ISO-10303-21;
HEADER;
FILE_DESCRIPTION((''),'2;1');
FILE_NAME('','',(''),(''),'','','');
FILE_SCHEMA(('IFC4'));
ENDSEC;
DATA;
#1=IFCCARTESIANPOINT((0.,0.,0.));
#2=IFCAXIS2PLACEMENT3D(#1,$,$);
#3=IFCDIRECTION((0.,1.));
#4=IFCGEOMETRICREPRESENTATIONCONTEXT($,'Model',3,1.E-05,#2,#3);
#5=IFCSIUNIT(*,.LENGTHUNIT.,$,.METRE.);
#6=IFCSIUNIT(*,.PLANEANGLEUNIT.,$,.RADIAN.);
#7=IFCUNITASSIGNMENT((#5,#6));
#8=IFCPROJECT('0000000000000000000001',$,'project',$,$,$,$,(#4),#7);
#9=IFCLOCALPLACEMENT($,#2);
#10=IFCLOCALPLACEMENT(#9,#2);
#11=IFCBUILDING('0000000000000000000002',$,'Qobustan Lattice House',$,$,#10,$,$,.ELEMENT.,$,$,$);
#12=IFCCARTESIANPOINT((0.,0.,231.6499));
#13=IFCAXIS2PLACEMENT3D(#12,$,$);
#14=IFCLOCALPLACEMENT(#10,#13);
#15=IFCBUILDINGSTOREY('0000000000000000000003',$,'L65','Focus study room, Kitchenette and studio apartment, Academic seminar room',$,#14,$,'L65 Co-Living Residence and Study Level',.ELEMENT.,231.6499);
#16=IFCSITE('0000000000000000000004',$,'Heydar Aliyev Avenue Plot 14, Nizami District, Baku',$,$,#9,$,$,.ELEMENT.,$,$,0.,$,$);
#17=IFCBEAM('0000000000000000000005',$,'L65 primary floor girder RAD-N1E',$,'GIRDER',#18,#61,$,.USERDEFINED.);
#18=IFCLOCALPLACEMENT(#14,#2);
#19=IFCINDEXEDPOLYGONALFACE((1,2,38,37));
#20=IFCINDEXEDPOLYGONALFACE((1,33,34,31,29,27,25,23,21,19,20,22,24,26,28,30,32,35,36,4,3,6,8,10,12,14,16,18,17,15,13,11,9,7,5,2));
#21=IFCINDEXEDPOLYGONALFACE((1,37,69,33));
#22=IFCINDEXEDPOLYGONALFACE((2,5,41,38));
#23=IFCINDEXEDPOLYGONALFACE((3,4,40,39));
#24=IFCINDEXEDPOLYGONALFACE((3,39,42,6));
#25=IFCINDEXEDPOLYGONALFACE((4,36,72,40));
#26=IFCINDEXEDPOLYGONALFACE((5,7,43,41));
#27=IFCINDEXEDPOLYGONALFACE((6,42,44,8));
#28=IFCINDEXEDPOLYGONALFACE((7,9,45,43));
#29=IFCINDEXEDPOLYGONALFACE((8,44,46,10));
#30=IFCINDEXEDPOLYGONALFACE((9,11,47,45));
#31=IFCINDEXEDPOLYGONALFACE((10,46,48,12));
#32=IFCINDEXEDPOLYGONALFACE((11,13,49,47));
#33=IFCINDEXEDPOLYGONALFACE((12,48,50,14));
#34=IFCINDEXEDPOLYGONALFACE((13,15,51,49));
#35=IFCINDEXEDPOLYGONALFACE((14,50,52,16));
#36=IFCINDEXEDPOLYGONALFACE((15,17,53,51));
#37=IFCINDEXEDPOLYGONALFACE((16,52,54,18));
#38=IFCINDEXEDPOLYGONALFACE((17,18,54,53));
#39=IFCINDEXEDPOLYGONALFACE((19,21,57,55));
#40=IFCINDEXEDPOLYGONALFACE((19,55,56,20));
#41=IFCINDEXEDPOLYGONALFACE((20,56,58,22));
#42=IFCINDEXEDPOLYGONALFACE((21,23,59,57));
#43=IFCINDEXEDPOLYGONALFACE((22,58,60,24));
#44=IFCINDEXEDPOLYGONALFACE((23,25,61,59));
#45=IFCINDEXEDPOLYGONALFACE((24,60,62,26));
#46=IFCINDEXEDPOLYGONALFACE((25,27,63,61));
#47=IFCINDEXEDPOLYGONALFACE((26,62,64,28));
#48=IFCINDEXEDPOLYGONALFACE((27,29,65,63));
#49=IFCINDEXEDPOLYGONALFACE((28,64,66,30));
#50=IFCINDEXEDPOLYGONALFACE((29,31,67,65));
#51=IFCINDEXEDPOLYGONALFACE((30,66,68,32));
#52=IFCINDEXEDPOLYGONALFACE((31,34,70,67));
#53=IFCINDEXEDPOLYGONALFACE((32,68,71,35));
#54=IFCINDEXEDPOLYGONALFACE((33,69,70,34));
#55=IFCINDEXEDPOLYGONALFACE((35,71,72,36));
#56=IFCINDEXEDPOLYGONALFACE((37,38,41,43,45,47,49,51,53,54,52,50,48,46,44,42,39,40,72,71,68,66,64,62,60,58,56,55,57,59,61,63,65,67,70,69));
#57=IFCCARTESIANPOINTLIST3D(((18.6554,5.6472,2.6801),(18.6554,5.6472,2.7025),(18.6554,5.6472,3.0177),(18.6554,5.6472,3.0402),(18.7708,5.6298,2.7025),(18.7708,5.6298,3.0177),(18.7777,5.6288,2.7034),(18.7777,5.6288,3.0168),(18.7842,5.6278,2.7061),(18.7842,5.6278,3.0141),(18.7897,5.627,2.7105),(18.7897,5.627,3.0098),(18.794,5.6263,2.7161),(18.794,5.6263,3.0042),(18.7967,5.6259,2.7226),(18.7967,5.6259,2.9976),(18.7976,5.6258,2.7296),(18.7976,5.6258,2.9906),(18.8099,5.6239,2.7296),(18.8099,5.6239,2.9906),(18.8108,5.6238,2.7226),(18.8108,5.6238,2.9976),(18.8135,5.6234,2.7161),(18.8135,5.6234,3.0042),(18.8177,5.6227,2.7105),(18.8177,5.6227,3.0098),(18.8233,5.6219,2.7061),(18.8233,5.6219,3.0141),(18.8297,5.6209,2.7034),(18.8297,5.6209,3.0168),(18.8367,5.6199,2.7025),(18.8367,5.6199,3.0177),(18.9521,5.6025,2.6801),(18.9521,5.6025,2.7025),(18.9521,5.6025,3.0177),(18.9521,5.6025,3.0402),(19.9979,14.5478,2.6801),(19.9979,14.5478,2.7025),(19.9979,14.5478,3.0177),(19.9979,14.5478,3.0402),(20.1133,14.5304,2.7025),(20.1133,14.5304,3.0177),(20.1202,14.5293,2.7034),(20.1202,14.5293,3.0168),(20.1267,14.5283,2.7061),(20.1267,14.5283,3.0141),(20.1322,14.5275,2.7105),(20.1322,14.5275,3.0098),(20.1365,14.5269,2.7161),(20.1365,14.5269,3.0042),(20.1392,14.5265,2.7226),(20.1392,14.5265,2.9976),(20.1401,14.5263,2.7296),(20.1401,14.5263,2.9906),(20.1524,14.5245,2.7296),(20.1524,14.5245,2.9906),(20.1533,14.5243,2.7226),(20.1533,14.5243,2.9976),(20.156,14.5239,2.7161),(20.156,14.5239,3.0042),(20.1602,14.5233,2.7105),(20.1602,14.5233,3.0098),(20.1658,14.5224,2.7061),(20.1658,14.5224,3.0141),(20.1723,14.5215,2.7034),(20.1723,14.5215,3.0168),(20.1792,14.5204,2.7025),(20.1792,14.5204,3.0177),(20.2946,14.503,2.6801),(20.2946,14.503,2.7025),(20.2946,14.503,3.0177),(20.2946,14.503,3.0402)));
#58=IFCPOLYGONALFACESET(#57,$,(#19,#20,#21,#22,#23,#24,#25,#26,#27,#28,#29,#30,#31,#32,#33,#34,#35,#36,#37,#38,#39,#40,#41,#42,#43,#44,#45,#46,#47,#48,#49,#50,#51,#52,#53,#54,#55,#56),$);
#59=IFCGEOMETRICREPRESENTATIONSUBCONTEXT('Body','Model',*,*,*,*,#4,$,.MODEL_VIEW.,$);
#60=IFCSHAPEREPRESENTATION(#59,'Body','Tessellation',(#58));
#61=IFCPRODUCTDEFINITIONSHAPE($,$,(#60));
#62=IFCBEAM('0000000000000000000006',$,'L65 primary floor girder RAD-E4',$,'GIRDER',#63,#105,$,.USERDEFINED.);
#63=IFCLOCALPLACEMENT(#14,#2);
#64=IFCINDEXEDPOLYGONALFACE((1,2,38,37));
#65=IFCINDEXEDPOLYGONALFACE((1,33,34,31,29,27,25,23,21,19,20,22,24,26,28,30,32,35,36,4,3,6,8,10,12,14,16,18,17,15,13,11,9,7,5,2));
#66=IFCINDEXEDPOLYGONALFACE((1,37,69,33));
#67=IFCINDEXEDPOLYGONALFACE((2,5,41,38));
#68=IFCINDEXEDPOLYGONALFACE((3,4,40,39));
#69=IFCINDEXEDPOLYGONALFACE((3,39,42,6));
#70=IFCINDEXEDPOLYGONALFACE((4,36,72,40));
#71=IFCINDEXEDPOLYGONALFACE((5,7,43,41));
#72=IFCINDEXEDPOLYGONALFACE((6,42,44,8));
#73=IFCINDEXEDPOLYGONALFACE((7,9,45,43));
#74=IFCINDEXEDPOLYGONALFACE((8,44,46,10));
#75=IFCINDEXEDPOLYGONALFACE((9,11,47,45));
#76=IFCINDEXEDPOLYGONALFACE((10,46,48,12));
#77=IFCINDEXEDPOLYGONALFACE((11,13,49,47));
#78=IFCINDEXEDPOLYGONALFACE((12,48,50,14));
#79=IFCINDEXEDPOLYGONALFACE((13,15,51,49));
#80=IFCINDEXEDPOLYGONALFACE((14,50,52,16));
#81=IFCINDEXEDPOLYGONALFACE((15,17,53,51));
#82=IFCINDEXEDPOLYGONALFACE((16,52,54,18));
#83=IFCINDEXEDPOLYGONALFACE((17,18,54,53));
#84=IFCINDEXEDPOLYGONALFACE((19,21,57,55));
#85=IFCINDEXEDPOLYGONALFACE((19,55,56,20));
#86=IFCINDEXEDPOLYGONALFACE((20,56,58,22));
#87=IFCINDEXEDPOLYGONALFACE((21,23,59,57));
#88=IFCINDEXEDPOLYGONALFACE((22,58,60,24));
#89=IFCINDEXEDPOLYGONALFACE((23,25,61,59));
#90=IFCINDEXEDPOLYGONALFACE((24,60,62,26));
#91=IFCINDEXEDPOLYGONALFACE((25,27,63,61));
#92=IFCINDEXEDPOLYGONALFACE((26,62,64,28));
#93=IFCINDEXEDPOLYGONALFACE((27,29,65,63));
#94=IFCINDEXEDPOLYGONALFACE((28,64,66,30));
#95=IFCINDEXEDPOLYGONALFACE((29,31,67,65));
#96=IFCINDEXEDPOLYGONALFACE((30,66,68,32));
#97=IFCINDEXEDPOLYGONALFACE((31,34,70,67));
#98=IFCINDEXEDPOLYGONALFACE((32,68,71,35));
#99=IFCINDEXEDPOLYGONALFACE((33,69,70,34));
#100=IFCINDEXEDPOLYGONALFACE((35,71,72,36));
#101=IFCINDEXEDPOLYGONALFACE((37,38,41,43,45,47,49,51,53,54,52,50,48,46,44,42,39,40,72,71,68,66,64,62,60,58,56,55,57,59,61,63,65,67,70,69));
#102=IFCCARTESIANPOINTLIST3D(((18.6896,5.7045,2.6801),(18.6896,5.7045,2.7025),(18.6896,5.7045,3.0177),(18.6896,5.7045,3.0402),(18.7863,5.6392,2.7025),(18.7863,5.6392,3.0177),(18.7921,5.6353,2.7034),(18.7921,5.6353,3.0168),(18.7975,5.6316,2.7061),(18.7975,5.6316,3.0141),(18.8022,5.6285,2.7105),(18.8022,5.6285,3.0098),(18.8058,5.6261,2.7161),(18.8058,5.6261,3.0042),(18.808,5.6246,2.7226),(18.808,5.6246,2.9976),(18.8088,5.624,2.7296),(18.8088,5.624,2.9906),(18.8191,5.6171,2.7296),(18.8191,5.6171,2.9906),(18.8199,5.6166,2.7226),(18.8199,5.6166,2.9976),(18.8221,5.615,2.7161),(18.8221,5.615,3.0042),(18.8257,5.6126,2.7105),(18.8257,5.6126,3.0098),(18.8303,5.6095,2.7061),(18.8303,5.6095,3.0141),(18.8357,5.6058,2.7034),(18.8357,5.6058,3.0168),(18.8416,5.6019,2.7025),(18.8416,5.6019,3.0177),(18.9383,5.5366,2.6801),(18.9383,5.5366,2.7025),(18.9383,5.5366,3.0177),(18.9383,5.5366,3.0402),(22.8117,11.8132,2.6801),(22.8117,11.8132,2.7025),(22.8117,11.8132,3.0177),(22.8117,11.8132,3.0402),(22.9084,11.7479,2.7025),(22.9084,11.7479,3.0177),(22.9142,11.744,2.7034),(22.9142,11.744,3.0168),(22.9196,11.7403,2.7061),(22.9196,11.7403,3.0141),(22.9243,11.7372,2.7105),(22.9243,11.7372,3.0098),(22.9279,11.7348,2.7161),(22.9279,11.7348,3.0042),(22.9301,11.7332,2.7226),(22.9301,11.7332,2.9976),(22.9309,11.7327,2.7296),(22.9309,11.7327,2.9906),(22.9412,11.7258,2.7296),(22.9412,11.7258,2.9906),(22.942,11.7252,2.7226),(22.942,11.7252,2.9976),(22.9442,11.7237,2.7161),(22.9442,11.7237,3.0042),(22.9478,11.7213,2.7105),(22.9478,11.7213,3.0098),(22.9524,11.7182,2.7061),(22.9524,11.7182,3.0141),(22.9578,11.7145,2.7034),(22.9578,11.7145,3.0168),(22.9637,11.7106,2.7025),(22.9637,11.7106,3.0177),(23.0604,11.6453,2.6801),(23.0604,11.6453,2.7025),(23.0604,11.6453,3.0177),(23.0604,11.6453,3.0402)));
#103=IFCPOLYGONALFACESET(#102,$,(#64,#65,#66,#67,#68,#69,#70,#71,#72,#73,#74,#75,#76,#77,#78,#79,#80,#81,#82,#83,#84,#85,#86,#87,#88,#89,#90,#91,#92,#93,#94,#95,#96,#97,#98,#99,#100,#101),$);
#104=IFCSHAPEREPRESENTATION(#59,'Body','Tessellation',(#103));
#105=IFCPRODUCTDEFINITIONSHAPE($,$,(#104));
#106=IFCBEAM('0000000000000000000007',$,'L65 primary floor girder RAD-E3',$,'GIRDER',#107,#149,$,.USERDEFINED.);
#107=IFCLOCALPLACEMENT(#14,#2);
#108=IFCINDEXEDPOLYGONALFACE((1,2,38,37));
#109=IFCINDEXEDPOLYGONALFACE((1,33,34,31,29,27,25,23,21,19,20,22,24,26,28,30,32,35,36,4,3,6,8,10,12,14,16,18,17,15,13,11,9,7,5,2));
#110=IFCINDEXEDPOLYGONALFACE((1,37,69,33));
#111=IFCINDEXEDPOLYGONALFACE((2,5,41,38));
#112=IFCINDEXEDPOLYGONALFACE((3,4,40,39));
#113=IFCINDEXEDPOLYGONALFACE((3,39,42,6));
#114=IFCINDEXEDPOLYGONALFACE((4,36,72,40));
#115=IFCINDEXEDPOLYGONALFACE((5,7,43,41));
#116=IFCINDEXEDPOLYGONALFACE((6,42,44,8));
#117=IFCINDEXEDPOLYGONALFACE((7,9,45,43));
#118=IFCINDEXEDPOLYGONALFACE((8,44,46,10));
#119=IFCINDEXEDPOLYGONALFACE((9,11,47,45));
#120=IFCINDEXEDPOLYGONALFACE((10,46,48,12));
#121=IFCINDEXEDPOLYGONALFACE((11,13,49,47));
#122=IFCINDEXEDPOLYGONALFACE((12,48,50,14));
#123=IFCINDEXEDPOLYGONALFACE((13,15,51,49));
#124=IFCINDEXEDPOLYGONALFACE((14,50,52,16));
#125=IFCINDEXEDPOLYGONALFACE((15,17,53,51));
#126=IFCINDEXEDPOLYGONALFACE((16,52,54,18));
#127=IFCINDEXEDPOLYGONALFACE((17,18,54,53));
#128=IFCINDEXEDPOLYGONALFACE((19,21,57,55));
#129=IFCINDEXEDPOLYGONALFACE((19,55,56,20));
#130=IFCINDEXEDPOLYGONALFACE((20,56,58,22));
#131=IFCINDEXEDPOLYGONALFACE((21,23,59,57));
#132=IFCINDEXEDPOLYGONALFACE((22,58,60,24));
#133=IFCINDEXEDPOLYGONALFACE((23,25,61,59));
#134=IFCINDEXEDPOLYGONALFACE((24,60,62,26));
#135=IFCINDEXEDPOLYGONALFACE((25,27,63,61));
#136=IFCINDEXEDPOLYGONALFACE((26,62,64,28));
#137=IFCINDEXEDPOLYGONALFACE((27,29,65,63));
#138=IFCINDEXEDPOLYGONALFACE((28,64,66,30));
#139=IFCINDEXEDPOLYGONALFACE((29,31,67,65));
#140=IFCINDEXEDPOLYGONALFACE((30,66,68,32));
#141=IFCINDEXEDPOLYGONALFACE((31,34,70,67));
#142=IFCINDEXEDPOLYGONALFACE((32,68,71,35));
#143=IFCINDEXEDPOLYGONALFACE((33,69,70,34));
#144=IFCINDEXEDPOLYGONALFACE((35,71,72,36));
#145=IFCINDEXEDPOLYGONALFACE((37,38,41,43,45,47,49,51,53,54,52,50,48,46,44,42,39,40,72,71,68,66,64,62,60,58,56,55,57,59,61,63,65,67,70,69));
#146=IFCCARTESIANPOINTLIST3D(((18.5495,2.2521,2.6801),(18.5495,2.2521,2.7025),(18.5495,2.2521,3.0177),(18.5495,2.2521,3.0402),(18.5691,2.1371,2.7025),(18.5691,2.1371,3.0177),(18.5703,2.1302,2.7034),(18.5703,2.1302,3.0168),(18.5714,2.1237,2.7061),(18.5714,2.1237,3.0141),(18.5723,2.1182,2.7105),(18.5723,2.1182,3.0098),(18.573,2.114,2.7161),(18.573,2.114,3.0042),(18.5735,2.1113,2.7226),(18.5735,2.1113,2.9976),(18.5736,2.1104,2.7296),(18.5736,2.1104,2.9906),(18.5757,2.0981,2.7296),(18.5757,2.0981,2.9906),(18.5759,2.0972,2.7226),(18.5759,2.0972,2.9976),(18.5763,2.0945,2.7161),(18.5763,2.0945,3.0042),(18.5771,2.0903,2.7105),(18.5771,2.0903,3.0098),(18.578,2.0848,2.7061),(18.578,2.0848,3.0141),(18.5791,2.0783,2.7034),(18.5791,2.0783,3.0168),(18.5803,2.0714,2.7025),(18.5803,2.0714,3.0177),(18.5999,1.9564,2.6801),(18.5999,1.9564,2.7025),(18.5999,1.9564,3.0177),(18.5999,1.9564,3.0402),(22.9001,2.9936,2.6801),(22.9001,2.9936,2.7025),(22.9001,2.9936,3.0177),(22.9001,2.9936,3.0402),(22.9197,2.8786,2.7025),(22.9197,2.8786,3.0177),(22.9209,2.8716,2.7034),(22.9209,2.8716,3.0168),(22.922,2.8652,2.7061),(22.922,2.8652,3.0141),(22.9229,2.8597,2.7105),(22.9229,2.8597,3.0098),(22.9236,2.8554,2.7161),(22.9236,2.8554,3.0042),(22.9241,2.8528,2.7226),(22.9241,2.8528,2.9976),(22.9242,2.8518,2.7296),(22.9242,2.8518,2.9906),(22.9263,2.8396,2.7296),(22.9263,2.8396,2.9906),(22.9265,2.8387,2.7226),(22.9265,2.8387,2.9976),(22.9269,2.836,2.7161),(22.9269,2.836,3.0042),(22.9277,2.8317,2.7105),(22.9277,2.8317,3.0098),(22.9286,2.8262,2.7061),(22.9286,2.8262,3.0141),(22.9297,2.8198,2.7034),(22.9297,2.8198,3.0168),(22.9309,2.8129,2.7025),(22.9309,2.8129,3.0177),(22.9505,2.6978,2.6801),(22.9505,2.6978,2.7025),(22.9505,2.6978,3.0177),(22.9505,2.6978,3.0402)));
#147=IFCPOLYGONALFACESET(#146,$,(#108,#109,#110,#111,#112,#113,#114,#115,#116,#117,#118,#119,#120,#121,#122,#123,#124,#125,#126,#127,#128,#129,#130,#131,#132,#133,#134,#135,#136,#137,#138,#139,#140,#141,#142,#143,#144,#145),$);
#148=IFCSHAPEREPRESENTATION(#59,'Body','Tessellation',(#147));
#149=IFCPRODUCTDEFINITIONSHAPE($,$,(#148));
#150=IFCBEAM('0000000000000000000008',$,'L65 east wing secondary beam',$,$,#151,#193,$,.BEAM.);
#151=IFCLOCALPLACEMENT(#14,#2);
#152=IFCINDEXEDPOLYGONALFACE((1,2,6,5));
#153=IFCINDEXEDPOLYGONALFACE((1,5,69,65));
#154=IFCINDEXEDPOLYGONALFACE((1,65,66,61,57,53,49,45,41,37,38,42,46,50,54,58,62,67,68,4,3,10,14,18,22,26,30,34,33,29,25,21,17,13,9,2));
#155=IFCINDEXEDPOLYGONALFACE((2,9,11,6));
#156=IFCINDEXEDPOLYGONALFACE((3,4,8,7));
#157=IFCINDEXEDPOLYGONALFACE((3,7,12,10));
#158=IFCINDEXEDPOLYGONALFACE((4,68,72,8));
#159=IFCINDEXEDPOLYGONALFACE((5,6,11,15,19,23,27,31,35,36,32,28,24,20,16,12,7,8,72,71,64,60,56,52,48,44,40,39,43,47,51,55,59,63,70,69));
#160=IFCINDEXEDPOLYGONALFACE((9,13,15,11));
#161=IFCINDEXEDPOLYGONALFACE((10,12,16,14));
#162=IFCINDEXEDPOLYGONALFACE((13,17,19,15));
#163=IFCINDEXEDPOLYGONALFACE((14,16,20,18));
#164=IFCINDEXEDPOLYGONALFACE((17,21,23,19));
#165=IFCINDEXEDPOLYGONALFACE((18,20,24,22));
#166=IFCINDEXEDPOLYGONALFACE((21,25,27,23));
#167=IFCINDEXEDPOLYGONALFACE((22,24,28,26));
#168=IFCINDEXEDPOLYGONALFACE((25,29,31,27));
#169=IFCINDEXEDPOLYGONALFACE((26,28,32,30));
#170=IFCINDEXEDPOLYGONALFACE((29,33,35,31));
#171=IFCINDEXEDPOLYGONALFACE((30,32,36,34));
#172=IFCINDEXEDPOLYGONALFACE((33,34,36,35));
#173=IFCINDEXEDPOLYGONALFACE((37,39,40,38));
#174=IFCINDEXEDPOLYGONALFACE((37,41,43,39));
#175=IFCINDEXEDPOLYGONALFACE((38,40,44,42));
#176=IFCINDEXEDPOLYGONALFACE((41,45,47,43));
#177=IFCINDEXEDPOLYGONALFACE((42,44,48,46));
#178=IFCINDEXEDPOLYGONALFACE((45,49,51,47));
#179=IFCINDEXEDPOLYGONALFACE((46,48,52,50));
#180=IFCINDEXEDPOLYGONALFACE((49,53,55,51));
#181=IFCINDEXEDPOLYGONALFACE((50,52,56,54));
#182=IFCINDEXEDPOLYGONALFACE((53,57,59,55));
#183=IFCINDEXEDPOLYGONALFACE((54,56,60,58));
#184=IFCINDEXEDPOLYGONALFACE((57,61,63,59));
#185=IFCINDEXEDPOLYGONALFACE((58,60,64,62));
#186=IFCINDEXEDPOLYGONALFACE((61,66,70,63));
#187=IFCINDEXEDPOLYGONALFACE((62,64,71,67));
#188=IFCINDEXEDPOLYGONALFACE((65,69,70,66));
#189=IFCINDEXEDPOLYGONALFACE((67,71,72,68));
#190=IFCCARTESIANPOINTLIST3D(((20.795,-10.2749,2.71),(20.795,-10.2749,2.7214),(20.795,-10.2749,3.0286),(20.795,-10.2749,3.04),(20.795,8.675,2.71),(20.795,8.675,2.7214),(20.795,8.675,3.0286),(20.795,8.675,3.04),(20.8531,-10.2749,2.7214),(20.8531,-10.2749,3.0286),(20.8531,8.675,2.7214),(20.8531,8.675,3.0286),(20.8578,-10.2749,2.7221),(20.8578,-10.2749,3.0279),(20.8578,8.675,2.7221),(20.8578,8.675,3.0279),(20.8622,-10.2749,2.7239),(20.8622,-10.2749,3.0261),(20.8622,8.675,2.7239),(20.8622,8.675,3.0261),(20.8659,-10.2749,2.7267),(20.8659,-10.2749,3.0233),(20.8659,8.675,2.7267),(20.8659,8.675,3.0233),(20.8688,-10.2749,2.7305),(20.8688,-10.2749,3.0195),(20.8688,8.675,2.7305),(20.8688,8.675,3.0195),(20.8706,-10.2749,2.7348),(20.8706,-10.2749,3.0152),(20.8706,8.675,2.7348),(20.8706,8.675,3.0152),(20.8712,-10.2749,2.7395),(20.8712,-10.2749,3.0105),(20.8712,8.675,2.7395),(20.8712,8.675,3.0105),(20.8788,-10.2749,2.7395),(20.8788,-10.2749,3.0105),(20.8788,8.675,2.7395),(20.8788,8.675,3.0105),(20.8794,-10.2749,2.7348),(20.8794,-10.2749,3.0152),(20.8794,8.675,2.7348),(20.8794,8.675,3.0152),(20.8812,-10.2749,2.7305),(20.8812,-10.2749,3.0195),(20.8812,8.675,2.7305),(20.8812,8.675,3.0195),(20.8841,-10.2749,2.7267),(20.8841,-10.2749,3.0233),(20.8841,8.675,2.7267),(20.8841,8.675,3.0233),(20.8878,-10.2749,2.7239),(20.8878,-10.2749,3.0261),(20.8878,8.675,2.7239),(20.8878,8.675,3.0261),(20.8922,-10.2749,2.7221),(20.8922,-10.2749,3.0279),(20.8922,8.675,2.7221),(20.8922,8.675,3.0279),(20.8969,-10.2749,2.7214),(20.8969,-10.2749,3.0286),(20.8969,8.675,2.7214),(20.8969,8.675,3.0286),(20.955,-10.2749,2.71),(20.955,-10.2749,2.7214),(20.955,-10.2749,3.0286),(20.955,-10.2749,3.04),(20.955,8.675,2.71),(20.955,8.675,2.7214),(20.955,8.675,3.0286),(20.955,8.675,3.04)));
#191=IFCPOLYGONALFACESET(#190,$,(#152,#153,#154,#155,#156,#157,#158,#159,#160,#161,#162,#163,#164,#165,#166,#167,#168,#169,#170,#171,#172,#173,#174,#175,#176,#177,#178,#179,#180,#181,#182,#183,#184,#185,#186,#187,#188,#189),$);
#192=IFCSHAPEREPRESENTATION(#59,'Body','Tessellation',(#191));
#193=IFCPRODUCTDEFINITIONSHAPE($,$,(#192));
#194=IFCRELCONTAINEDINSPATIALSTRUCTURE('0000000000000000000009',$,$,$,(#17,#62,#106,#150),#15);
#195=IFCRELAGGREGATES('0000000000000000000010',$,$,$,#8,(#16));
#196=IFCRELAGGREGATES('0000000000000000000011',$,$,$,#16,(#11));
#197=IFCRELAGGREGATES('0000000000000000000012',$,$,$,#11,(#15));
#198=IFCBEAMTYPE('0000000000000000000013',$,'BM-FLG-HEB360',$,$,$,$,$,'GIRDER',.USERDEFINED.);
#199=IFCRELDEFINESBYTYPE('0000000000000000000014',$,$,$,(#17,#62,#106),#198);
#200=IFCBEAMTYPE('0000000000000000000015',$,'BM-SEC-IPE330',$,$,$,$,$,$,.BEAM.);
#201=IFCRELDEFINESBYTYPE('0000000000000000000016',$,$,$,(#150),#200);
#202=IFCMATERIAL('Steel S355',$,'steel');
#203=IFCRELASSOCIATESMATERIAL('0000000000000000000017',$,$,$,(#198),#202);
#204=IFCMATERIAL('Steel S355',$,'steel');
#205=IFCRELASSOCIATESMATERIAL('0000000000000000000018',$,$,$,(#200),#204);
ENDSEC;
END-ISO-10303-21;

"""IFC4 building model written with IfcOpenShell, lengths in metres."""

from ifc_helpers import new_model, si_unit, direction, frame, origin, origin_2d, place, context, subcontext, project, spatial, i_section, extrude, material, material_profile, profile_set, type_object, element, save


model = new_model("IFC4")

# Units and contexts
model_context = context("Model", 3, precision=1e-05, world=origin(), true_north=direction((0.0, 1.0)))
body_context = subcontext(model_context, "Body", "Model", "MODEL_VIEW")
ifc_project = project(units=[si_unit("LENGTHUNIT", "METRE"), si_unit("PLANEANGLEUNIT", "RADIAN")], contexts=[model_context])

# Site, building, storey
site_placement = place(None, origin())
site = spatial("IfcSite", under=ifc_project, at=site_placement, Name="Heydar Aliyev Avenue Plot 14, Nizami District, Baku", CompositionType="ELEMENT", RefElevation=0.0)
building_placement = place(site_placement, origin())
building = spatial("IfcBuilding", under=site, at=building_placement, Name="Qobustan Lattice House", CompositionType="ELEMENT")
storey_placement = place(building_placement, frame((0.0, 0.0, 231.6499)))
storey = spatial("IfcBuildingStorey", under=building, at=storey_placement, Name="L65", Description="Focus study room, Kitchenette and studio apartment, Academic seminar room", LongName="L65 Co-Living Residence and Study Level", CompositionType="ELEMENT", Elevation=231.6499)

# Beams
ifc_material_1 = material(Name="Steel S355", Category="steel")
ifc_material_profile_1 = material_profile(ifc_material_1, i_section(OverallWidth=0.3, OverallDepth=0.3601, WebThickness=0.0125, FlangeThickness=0.0225, FilletRadius=0.0271, at=origin_2d()), Name="HEB360")
ifc_profile_set_1 = profile_set([ifc_material_profile_1], Name="Steel S355")
beam_type_1 = type_object("IfcBeamType", Name="BM-FLG-HEB360", ElementType="GIRDER", PredefinedType="USERDEFINED", material=ifc_profile_set_1)
beam_1_placement = place(storey_placement, frame((20.1462, 14.5254, 2.8601), z_axis=(-0.149148, -0.988815, 0.0), x_axis=(0.988815, -0.149148, 0.0)))
element("IfcBeam", 1, at=beam_1_placement, inside=storey, type_object=beam_type_1, Name="L65 primary floor girder RAD-N1E", ObjectType="GIRDER", PredefinedType="USERDEFINED", context=body_context, shape_type="SweptSolid", body=[
    extrude(i_section(OverallWidth=0.3, OverallDepth=0.3601, WebThickness=0.0125, FlangeThickness=0.0225, FilletRadius=0.0271, at=origin_2d()), origin(), (0.0, 0.0, 1.0), 9.0012),
])
beam_2_placement = place(storey_placement, frame((22.936, 11.7292, 2.8601), z_axis=(-0.559355, -0.828928, 0.0), x_axis=(0.828928, -0.559355, 0.0)))
element("IfcBeam", 2, at=beam_2_placement, inside=storey, type_object=beam_type_1, Name="L65 primary floor girder RAD-E4", ObjectType="GIRDER", PredefinedType="USERDEFINED", context=body_context, shape_type="SweptSolid", body=[
    extrude(i_section(OverallWidth=0.3, OverallDepth=0.3601, WebThickness=0.0125, FlangeThickness=0.0225, FilletRadius=0.0271, at=origin_2d()), origin(), (0.0, 0.0, 1.0), 7.3694),
])
beam_3_placement = place(storey_placement, frame((22.9253, 2.8457, 2.8601), z_axis=(-0.985786, -0.168004, 0.0), x_axis=(0.168004, -0.985786, 0.0)))
element("IfcBeam", 3, at=beam_3_placement, inside=storey, type_object=beam_type_1, Name="L65 primary floor girder RAD-E3", ObjectType="GIRDER", PredefinedType="USERDEFINED", context=body_context, shape_type="SweptSolid", body=[
    extrude(i_section(OverallWidth=0.3, OverallDepth=0.3601, WebThickness=0.0125, FlangeThickness=0.0225, FilletRadius=0.0271, at=origin_2d()), origin(), (0.0, 0.0, 1.0), 4.4133),
])
ifc_material_2 = material(Name="Steel S355", Category="steel")
ifc_material_profile_2 = material_profile(ifc_material_2, i_section(OverallWidth=0.1599, OverallDepth=0.3301, WebThickness=0.0076, FlangeThickness=0.0115, FilletRadius=0.0181, at=origin_2d()), Name="IPE330")
ifc_profile_set_2 = profile_set([ifc_material_profile_2], Name="Steel S355")
beam_type_2 = type_object("IfcBeamType", Name="BM-SEC-IPE330", PredefinedType="BEAM", material=ifc_profile_set_2)
beam_4_placement = place(storey_placement, frame((20.875, 8.675, 2.875), z_axis=(0.0, -1.0, 0.0), x_axis=(1.0, 0.0, 0.0)))
element("IfcBeam", 4, at=beam_4_placement, inside=storey, type_object=beam_type_2, Name="L65 east wing secondary beam", PredefinedType="BEAM", context=body_context, shape_type="SweptSolid", body=[
    extrude(i_section(OverallWidth=0.1599, OverallDepth=0.3301, WebThickness=0.0076, FlangeThickness=0.0115, FilletRadius=0.0181, at=origin_2d()), origin(), (0.0, 0.0, 1.0), 18.95),
])

save(model, "model.ifc")
